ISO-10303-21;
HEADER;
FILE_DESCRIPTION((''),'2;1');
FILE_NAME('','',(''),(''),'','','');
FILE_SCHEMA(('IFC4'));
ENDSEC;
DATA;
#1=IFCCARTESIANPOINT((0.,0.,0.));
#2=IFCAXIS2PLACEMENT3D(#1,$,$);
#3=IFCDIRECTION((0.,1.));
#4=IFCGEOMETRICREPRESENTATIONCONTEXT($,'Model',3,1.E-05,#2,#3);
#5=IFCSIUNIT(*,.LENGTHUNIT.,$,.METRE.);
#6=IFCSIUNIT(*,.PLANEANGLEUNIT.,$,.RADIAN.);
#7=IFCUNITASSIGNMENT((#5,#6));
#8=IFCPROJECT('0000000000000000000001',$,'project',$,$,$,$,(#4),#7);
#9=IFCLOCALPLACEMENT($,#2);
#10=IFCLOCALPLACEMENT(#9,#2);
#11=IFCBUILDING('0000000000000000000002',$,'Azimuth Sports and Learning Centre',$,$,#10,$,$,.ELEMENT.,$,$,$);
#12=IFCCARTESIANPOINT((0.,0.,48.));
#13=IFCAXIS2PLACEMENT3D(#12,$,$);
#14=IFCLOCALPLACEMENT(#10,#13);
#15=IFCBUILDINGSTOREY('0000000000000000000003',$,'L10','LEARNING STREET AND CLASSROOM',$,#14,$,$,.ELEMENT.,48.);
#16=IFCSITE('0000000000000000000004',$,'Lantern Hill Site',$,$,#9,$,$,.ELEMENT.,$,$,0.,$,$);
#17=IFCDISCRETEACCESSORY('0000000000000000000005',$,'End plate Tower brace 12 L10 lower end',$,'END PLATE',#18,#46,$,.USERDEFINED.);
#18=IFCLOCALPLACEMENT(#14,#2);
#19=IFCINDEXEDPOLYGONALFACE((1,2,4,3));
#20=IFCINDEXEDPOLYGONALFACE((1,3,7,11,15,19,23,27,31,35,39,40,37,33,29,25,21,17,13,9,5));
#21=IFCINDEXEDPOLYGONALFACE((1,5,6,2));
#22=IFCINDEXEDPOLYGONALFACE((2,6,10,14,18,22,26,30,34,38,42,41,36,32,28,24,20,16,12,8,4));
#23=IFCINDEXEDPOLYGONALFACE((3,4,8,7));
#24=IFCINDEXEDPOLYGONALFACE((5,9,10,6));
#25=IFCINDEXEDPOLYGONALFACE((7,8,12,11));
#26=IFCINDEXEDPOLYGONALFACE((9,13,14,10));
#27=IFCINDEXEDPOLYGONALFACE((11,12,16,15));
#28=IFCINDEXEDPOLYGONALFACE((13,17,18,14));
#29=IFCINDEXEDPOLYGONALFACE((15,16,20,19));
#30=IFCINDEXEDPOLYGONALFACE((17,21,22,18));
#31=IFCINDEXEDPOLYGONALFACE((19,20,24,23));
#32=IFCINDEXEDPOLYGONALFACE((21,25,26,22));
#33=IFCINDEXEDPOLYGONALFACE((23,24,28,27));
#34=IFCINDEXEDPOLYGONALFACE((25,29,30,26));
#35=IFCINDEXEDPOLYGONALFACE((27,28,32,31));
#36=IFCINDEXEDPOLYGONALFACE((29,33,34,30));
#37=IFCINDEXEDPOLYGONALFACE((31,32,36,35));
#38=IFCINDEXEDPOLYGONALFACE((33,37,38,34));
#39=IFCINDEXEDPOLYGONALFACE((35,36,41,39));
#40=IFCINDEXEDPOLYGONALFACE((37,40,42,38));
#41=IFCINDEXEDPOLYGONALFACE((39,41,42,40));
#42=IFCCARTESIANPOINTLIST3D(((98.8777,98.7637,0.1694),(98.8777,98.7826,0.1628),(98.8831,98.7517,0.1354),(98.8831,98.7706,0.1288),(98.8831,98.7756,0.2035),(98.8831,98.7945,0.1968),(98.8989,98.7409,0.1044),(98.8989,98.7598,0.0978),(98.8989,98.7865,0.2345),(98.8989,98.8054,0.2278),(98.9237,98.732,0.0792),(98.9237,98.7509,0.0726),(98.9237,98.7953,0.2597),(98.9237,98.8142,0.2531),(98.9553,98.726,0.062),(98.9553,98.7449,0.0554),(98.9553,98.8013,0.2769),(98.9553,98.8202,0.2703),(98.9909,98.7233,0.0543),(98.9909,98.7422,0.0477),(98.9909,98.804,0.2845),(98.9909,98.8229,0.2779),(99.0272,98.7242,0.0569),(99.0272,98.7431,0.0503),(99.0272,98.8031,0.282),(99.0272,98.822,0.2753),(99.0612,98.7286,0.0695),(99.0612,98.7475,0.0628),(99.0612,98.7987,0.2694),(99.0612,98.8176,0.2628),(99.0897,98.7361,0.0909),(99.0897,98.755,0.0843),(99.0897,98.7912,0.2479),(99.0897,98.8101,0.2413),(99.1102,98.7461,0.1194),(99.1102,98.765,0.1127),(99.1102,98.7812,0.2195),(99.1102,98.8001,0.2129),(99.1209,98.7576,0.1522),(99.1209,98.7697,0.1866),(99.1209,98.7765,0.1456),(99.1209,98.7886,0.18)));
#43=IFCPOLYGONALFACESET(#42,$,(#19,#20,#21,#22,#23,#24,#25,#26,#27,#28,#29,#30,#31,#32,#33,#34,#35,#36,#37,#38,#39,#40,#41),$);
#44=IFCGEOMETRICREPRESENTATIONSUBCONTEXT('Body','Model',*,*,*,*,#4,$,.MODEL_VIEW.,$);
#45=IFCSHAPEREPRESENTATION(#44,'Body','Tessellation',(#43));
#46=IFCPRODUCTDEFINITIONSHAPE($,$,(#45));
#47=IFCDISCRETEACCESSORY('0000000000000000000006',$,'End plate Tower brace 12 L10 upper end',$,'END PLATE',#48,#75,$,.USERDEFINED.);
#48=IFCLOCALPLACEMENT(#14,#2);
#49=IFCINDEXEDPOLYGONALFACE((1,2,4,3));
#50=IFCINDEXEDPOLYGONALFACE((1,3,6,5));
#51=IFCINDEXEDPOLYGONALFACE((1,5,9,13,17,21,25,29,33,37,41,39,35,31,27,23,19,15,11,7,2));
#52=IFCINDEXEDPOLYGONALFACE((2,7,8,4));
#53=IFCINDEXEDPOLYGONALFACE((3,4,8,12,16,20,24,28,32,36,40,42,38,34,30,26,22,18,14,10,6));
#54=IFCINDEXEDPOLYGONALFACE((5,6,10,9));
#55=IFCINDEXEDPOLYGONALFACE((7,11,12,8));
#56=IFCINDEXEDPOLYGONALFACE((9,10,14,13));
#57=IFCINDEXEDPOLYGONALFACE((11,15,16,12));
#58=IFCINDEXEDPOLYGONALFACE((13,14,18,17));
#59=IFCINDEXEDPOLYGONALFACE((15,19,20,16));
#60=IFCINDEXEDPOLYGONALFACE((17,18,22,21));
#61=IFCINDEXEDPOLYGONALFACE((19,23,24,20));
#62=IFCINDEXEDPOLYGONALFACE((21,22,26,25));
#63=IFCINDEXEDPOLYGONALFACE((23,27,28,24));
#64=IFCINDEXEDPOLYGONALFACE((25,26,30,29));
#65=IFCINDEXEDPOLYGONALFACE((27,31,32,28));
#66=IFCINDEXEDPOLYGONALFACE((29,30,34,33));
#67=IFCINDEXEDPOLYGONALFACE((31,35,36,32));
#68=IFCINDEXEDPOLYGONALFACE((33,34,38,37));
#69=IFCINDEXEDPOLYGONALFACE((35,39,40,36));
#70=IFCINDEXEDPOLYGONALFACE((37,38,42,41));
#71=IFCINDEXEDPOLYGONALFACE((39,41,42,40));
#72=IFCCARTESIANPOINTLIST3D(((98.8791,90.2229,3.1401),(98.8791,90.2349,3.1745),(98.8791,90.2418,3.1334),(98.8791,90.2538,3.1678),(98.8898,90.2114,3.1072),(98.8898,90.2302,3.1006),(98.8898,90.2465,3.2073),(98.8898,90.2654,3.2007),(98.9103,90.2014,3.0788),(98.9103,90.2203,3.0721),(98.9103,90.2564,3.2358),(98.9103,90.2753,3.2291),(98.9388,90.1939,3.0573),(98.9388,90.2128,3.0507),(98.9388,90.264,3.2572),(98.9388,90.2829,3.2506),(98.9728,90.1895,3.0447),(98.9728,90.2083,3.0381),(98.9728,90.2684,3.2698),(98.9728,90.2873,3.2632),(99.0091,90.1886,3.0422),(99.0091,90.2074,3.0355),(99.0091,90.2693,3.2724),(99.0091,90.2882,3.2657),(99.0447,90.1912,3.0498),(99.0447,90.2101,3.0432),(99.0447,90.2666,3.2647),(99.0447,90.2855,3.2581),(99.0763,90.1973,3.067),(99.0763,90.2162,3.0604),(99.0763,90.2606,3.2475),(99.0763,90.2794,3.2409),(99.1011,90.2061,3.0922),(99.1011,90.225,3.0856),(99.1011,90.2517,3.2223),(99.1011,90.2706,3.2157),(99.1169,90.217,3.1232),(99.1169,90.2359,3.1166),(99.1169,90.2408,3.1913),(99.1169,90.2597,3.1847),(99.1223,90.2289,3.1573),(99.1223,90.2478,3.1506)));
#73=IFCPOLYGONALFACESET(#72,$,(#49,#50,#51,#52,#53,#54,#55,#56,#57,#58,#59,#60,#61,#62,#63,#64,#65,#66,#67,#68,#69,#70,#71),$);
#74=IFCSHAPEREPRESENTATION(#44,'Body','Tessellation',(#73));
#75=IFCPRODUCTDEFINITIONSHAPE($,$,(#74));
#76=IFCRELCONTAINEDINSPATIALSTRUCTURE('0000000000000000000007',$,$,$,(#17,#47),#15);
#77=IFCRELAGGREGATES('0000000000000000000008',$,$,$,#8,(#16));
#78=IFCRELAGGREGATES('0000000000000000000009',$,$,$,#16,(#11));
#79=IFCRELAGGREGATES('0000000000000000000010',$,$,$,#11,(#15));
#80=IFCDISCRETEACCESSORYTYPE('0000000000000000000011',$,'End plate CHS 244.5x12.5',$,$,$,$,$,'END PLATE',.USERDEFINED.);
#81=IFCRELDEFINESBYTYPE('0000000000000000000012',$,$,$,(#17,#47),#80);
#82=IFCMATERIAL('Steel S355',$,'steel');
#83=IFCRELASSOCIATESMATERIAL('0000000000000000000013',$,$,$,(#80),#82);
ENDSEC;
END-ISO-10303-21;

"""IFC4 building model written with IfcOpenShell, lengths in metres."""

from ifc_helpers import new_model, si_unit, direction, frame, origin, origin_2d, place, context, subcontext, project, spatial, circle, extrude, material, material_profile, profile_set, type_object, element, save


model = new_model("IFC4")

# Units and contexts
model_context = context("Model", 3, precision=1e-05, world=origin(), true_north=direction((0.0, 1.0)))
body_context = subcontext(model_context, "Body", "Model", "MODEL_VIEW")
ifc_project = project(units=[si_unit("LENGTHUNIT", "METRE"), si_unit("PLANEANGLEUNIT", "RADIAN")], contexts=[model_context])

# Site, building, storey
site_placement = place(None, origin())
site = spatial("IfcSite", under=ifc_project, at=site_placement, Name="Lantern Hill Site", CompositionType="ELEMENT", RefElevation=0.0)
building_placement = place(site_placement, origin())
building = spatial("IfcBuilding", under=site, at=building_placement, Name="Azimuth Sports and Learning Centre", CompositionType="ELEMENT")
storey_placement = place(building_placement, frame((0.0, 0.0, 48.0)))
storey = spatial("IfcBuildingStorey", under=building, at=storey_placement, Name="L10", Description="LEARNING STREET AND CLASSROOM", CompositionType="ELEMENT", Elevation=48.0)

# Discrete accessories
ifc_material_1 = material(Name="Steel S355", Category="steel")
ifc_material_profile_1 = material_profile(ifc_material_1, circle(Radius=0.1223, at=origin_2d()), Name="PL 244 DISC")
ifc_profile_set_1 = profile_set([ifc_material_profile_1], Name="Steel S355")
discrete_accessory_type = type_object("IfcDiscreteAccessoryType", Name="End plate CHS 244.5x12.5", ElementType="END PLATE", PredefinedType="USERDEFINED", material=ifc_profile_set_1)
for number, where, z_axis, x_axis, name in (
    (1, (99.0, 98.7637, 0.1694), (0.0, 0.943667, -0.330896), (-1.0, 0.0, 0.0), "End plate Tower brace 12 L10 lower end"),
    (2, (99.0, 90.2478, 3.1506), (0.0, -0.943667, 0.330896), (1.0, 0.0, 0.0), "End plate Tower brace 12 L10 upper end"),
):
    element("IfcDiscreteAccessory", number, at=place(storey_placement, frame(where, z_axis=z_axis, x_axis=x_axis)), inside=storey, type_object=discrete_accessory_type, Name=name, ObjectType="END PLATE", PredefinedType="USERDEFINED", context=body_context, shape_type="SweptSolid", body=[
        extrude(circle(Radius=0.1223, at=origin_2d()), origin(), (0.0, 0.0, 1.0), 0.02),
    ])

save(model, "model.ifc")
